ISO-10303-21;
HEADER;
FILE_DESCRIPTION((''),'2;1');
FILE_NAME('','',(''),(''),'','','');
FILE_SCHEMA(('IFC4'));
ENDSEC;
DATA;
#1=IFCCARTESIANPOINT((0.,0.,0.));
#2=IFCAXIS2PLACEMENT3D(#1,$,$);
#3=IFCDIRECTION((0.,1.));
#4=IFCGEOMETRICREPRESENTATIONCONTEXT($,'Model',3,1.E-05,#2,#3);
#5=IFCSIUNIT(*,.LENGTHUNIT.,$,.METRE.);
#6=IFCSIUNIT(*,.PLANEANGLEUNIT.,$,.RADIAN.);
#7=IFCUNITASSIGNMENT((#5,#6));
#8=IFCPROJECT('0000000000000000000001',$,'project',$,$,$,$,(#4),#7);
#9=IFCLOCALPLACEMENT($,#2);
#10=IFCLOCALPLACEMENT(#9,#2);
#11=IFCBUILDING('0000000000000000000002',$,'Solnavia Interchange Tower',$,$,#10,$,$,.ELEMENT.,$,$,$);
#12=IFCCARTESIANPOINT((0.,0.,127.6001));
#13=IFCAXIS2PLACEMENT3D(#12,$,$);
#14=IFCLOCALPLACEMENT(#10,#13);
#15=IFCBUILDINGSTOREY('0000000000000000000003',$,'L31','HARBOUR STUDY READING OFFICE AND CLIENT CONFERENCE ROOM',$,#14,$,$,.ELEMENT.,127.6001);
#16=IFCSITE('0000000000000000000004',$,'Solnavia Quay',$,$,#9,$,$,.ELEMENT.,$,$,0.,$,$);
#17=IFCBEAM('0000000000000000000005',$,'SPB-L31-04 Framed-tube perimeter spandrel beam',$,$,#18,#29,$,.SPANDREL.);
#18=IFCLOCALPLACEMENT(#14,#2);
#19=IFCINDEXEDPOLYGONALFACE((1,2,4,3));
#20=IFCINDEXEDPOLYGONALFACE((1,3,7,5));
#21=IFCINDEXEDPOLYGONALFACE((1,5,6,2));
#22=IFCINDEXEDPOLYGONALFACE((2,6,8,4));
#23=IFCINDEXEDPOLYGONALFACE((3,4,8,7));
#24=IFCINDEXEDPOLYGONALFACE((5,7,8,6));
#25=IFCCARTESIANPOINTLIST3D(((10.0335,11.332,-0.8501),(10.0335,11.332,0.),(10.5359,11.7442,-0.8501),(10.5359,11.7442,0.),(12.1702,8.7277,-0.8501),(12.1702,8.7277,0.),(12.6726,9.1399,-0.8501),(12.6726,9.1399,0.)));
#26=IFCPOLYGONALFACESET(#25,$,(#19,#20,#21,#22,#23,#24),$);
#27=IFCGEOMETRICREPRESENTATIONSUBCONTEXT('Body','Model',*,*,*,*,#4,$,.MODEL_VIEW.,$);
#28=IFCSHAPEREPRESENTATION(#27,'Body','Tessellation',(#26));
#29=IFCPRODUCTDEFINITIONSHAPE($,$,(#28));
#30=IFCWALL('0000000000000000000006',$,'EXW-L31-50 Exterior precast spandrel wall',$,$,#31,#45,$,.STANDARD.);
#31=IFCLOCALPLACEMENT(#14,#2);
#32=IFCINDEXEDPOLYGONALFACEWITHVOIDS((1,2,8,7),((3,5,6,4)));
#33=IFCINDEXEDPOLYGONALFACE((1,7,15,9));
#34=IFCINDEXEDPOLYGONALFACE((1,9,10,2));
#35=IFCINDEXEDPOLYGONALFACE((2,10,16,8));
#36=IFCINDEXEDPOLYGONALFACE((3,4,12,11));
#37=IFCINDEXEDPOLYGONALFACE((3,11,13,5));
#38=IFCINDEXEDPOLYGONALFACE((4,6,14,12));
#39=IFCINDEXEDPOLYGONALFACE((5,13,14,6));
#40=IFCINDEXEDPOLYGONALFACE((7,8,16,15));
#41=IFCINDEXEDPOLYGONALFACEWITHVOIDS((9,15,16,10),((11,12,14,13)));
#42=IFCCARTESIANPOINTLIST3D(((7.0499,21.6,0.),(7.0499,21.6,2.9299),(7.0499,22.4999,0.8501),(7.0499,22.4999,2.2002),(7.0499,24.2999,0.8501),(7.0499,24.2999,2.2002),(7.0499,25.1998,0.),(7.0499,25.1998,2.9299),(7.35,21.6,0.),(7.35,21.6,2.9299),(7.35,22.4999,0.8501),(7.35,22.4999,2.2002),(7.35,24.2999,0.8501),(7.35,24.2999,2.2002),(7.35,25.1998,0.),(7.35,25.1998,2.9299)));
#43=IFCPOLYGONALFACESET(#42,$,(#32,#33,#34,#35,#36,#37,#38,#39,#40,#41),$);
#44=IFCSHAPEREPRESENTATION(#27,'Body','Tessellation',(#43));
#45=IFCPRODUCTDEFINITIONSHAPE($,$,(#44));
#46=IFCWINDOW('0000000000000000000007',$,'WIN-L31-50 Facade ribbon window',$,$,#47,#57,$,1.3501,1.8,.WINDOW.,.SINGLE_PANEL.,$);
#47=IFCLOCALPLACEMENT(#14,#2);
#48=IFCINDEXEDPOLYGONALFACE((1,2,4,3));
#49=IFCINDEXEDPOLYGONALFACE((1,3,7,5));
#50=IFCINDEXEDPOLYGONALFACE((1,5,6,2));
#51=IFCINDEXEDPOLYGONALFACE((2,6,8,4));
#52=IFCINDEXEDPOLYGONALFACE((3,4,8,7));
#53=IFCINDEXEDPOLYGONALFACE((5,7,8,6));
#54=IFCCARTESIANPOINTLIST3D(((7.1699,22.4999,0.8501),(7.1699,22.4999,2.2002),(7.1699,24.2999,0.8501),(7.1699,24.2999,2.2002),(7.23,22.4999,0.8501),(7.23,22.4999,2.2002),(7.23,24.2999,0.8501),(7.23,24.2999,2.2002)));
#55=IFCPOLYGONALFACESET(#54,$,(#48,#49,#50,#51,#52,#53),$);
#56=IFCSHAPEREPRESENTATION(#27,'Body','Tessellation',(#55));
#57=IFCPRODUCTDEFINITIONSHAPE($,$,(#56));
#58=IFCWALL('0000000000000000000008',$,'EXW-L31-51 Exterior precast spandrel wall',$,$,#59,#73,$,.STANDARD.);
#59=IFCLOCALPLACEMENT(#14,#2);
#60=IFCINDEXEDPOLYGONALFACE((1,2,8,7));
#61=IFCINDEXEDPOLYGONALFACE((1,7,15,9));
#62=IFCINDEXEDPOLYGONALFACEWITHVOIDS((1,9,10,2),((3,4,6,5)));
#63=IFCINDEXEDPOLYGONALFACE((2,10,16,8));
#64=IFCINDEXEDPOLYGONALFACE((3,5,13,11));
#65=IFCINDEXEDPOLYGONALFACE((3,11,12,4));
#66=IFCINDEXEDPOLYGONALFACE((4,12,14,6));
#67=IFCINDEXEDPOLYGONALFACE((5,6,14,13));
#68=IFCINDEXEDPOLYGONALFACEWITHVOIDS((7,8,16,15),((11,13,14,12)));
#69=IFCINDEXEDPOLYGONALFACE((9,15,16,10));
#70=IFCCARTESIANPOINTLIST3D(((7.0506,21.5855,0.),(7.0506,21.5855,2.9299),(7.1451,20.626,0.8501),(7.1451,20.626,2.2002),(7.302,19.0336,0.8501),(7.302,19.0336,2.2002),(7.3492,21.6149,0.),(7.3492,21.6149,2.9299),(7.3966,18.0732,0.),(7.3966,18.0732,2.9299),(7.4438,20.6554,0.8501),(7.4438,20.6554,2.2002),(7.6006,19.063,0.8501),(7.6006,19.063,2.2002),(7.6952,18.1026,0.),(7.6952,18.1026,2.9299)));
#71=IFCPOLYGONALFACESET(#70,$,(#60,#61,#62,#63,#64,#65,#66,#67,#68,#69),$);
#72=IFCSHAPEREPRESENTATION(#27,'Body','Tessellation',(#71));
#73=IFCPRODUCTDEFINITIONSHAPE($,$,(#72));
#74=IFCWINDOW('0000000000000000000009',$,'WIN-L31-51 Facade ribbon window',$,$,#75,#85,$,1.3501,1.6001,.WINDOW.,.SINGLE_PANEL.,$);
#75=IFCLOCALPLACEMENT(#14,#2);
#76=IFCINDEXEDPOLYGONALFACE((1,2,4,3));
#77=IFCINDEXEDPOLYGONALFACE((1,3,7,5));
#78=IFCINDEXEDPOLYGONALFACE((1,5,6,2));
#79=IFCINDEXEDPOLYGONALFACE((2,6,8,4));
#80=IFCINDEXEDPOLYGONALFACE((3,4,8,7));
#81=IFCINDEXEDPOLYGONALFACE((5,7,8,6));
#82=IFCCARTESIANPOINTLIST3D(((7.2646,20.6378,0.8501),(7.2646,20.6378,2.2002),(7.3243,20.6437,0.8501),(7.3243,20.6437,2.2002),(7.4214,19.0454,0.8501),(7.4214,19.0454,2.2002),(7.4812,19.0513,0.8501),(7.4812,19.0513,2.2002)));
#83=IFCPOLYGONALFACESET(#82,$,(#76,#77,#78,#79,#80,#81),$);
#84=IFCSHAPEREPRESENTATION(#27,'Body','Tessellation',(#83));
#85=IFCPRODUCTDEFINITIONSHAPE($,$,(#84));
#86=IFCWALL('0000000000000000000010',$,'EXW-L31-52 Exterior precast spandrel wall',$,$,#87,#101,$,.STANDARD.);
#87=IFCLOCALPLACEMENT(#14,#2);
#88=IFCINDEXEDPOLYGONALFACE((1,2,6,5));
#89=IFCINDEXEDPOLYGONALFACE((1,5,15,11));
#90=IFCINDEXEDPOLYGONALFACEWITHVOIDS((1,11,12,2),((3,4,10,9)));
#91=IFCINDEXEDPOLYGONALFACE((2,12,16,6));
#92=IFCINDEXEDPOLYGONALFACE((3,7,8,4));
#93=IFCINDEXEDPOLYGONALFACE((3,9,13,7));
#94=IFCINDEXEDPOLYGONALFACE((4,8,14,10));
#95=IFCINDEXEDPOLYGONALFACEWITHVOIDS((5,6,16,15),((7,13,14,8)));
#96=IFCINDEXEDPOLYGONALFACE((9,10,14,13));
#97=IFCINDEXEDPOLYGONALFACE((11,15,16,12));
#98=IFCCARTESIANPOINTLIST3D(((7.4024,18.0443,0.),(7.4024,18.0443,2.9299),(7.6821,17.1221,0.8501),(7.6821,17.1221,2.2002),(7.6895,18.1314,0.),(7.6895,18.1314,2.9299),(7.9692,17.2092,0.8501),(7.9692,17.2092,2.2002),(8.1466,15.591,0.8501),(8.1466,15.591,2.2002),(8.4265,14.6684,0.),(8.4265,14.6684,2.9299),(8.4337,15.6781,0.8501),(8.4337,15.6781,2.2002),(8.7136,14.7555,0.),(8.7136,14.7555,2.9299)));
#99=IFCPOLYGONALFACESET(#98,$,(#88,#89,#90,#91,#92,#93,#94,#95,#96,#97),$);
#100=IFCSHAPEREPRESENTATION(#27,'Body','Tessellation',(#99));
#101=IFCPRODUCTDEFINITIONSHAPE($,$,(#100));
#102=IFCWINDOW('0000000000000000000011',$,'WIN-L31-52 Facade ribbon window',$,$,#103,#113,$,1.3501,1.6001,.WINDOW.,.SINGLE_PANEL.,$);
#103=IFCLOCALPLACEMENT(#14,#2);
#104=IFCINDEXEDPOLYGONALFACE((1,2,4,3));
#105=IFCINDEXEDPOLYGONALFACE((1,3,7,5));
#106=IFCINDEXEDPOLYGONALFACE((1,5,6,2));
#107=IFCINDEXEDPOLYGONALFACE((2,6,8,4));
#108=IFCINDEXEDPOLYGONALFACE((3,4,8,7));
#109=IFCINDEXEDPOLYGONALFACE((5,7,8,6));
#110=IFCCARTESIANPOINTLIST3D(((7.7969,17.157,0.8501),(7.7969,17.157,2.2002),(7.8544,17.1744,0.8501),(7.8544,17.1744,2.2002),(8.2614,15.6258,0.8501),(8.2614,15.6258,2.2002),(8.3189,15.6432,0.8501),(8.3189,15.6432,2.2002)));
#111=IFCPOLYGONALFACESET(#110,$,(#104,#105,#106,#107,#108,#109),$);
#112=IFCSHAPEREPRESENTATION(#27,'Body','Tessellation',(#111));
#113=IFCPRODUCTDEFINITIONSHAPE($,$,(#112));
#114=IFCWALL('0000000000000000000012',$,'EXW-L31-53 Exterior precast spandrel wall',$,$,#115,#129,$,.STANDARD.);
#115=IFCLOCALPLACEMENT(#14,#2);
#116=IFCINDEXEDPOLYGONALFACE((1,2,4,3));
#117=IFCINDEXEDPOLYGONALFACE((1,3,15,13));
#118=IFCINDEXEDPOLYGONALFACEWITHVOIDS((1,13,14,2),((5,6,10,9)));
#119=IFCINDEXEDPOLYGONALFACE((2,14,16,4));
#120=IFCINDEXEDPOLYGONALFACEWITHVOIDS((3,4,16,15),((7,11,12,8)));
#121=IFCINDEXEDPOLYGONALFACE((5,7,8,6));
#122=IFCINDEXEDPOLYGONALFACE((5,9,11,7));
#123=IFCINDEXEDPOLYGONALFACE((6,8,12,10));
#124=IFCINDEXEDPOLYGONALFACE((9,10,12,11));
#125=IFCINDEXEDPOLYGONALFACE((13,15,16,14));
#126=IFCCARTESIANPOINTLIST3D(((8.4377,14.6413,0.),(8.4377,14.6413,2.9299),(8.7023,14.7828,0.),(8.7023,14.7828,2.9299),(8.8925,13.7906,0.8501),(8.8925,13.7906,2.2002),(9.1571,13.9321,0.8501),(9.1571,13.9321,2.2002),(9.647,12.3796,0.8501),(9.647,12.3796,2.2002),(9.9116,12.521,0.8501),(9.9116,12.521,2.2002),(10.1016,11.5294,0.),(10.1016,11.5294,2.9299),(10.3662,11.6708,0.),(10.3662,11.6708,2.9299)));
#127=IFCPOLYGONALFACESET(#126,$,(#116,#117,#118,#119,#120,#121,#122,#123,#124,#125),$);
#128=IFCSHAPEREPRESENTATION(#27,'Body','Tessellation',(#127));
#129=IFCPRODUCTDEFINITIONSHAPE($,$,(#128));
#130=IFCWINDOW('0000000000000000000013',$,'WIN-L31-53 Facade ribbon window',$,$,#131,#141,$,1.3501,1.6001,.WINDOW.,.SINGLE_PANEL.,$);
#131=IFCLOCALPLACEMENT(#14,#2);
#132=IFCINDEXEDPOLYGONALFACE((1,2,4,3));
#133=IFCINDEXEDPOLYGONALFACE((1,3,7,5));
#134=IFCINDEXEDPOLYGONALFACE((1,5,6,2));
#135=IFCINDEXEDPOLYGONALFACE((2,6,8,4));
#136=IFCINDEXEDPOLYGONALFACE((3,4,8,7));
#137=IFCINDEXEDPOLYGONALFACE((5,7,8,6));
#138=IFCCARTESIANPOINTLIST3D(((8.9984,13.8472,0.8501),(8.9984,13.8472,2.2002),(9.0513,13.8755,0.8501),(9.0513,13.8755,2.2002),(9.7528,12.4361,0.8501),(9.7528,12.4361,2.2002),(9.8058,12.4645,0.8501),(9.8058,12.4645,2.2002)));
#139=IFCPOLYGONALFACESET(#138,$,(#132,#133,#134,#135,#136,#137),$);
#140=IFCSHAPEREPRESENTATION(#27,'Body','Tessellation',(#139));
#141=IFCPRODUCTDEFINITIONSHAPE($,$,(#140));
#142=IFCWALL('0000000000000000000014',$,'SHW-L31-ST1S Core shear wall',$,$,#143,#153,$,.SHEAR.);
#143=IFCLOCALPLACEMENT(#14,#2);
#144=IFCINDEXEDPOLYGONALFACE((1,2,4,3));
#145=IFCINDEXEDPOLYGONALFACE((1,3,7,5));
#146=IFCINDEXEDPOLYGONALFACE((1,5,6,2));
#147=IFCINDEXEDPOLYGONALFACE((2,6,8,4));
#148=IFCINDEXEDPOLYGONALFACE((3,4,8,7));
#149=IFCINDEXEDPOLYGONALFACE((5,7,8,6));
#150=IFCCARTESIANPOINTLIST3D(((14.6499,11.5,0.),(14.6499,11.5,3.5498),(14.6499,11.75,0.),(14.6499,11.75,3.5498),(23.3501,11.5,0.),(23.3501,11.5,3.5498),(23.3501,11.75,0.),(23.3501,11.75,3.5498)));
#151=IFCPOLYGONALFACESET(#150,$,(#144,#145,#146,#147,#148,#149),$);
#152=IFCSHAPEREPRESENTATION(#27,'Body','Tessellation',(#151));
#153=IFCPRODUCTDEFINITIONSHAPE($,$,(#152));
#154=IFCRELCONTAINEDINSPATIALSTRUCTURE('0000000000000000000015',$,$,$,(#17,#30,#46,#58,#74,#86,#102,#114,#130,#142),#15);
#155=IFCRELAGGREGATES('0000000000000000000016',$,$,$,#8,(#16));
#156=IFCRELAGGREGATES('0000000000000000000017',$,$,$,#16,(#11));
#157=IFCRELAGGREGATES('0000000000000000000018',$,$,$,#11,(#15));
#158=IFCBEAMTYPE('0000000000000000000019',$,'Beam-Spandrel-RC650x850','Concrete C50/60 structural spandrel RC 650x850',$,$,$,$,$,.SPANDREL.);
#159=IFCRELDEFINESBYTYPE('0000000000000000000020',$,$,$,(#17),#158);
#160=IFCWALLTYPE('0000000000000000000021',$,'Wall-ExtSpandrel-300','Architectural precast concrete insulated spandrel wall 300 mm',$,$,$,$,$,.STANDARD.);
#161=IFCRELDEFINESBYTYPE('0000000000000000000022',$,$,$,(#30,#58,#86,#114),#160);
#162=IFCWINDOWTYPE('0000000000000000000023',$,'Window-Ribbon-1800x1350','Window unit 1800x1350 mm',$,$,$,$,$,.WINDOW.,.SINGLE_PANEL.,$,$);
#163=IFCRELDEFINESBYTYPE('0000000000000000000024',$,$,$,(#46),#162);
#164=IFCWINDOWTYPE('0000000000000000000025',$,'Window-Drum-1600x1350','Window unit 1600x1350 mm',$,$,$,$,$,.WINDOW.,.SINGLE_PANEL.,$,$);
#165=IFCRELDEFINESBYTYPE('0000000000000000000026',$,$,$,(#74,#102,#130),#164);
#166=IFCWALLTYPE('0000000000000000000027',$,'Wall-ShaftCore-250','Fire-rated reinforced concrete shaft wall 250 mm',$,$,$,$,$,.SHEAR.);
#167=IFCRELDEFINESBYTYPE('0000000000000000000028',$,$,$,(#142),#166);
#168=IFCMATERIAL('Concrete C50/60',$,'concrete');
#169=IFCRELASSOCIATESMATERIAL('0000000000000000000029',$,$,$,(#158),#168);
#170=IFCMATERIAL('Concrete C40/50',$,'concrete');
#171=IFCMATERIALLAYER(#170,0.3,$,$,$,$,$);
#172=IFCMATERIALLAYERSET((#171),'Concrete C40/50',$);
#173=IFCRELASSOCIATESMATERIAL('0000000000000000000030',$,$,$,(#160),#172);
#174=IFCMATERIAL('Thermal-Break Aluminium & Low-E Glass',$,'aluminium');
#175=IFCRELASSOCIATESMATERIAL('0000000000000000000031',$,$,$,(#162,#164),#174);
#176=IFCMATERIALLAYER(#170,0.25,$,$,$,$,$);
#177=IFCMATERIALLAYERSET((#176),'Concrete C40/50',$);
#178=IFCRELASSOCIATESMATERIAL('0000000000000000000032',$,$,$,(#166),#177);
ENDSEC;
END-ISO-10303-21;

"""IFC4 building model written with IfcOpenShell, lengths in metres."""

from ifc_helpers import new_model, si_unit, direction, frame, frame_2d, origin, origin_2d, place, context, subcontext, project, spatial, rectangle, extrude, material, layer, layer_set, material_profile, profile_set, type_object, element, fill, save


model = new_model("IFC4")

# Units and contexts
model_context = context("Model", 3, precision=1e-05, world=origin(), true_north=direction((0.0, 1.0)))
body_context = subcontext(model_context, "Body", "Model", "MODEL_VIEW")
ifc_project = project(units=[si_unit("LENGTHUNIT", "METRE"), si_unit("PLANEANGLEUNIT", "RADIAN")], contexts=[model_context])

# Site, building, storey
site_placement = place(None, origin())
site = spatial("IfcSite", under=ifc_project, at=site_placement, Name="Solnavia Quay", CompositionType="ELEMENT", RefElevation=0.0)
building_placement = place(site_placement, origin())
building = spatial("IfcBuilding", under=site, at=building_placement, Name="Solnavia Interchange Tower", CompositionType="ELEMENT")
storey_placement = place(building_placement, frame((0.0, 0.0, 127.6001)))
storey = spatial("IfcBuildingStorey", under=building, at=storey_placement, Name="L31", Description="HARBOUR STUDY READING OFFICE AND CLIENT CONFERENCE ROOM", CompositionType="ELEMENT", Elevation=127.6001)

# Shared definitions
ifc_material_1 = material(Name="Concrete C50/60", Category="concrete")

# Beam
ifc_material_profile_1 = material_profile(ifc_material_1, rectangle(XDim=0.6499, YDim=0.8501, at=origin_2d()), Name="RC 650x850")
ifc_profile_set_1 = profile_set([ifc_material_profile_1], Name="Concrete C50/60")
beam_type_1 = type_object("IfcBeamType", Name="Beam-Spandrel-RC650x850", Description="Concrete C50/60 structural spandrel RC 650x850", PredefinedType="SPANDREL", material=ifc_profile_set_1)
beam_1_placement = place(storey_placement, frame((10.2847, 11.5381, -0.425), z_axis=(0.634299, -0.773088, 0.0), x_axis=(0.773088, 0.634299, 0.0)))
element("IfcBeam", 1, at=beam_1_placement, inside=storey, type_object=beam_type_1, Name="SPB-L31-04 Framed-tube perimeter spandrel beam", PredefinedType="SPANDREL", context=body_context, shape_type="SweptSolid", body=[
    extrude(rectangle(XDim=0.6499, YDim=0.8501, at=origin_2d()), origin(), (0.0, 0.0, 1.0), 3.3687),
])

# Walls, openings, windows
ifc_material_2 = material(Name="Concrete C40/50", Category="concrete")
ifc_layer_1 = layer(ifc_material_2, 0.3)
ifc_layer_set_1 = layer_set([ifc_layer_1], Name="Concrete C40/50")
wall_type_1 = type_object("IfcWallType", Name="Wall-ExtSpandrel-300", Description="Architectural precast concrete insulated spandrel wall 300 mm", PredefinedType="STANDARD", material=ifc_layer_set_1)
wall_1_placement = place(storey_placement, frame((7.2, 21.6001, 0.0), z_axis=(0.0, 0.0, 1.0), x_axis=(0.0, 1.0, 0.0)))
wall_1 = element("IfcWall", 2, at=wall_1_placement, inside=storey, type_object=wall_type_1, Name="EXW-L31-50 Exterior precast spandrel wall", PredefinedType="STANDARD", context=body_context, shape_type="SweptSolid", body=[
    extrude(rectangle(XDim=3.5999, YDim=0.3, at=frame_2d((1.7998, 0.0))), origin(), (0.0, 0.0, 1.0), 2.9299),
])
opening_1_placement = place(wall_1_placement, frame((0.8999, 0.0, 0.8501)))
opening_1 = element("IfcOpeningElement", 3, at=opening_1_placement, cuts=wall_1, PredefinedType="OPENING", context=body_context, shape_type="SweptSolid", body=[
    extrude(rectangle(XDim=1.8, YDim=1.3501, at=frame_2d((0.8999, 0.675))), frame((0.0, 0.1602, 0.0), z_axis=(0.0, -1.0, 0.0), x_axis=(1.0, 0.0, 0.0)), (0.0, 0.0, 1.0), 0.3201),
])
ifc_material_3 = material(Name="Thermal-Break Aluminium & Low-E Glass", Category="aluminium")
window_type_1 = type_object("IfcWindowType", Name="Window-Ribbon-1800x1350", Description="Window unit 1800x1350 mm", PartitioningType="SINGLE_PANEL", PredefinedType="WINDOW", material=ifc_material_3)
window_1_placement = place(opening_1_placement, origin())
window_1 = element("IfcWindow", 4, at=window_1_placement, inside=storey, type_object=window_type_1, Name="WIN-L31-50 Facade ribbon window", OverallHeight=1.3501, OverallWidth=1.8, PartitioningType="SINGLE_PANEL", PredefinedType="WINDOW", context=body_context, shape_type="SweptSolid", body=[
    extrude(rectangle(XDim=1.8, YDim=1.3501, at=frame_2d((0.8999, 0.675))), frame((0.0, 0.03, 0.0), z_axis=(0.0, -1.0, 0.0), x_axis=(1.0, 0.0, 0.0)), (0.0, 0.0, 1.0), 0.0601),
])
fill(opening_1, window_1)
wall_2_placement = place(storey_placement, frame((7.5459, 18.0879, 0.0), z_axis=(0.0, 0.0, 1.0), x_axis=(-0.098024, 0.995184, 0.0)))
wall_2 = element("IfcWall", 5, at=wall_2_placement, inside=storey, type_object=wall_type_1, Name="EXW-L31-51 Exterior precast spandrel wall", PredefinedType="STANDARD", context=body_context, shape_type="SweptSolid", body=[
    extrude(rectangle(XDim=3.5293, YDim=0.3, at=frame_2d((1.7646, 0.0))), origin(), (0.0, 0.0, 1.0), 2.9299),
])
opening_2_placement = place(wall_2_placement, frame((0.9651, 0.0, 0.8501)))
opening_2 = element("IfcOpeningElement", 6, at=opening_2_placement, cuts=wall_2, PredefinedType="OPENING", context=body_context, shape_type="SweptSolid", body=[
    extrude(rectangle(XDim=1.6001, YDim=1.3501, at=frame_2d((0.8, 0.675))), frame((0.0, 0.1602, 0.0), z_axis=(0.0, -1.0, 0.0), x_axis=(1.0, 0.0, 0.0)), (0.0, 0.0, 1.0), 0.3201),
])
window_type_2 = type_object("IfcWindowType", Name="Window-Drum-1600x1350", Description="Window unit 1600x1350 mm", PartitioningType="SINGLE_PANEL", PredefinedType="WINDOW", material=ifc_material_3)
window_2_placement = place(opening_2_placement, origin())
window_2 = element("IfcWindow", 7, at=window_2_placement, inside=storey, type_object=window_type_2, Name="WIN-L31-51 Facade ribbon window", OverallHeight=1.3501, OverallWidth=1.6001, PartitioningType="SINGLE_PANEL", PredefinedType="WINDOW", context=body_context, shape_type="SweptSolid", body=[
    extrude(rectangle(XDim=1.6001, YDim=1.3501, at=frame_2d((0.8, 0.675))), frame((0.0, 0.03, 0.0), z_axis=(0.0, -1.0, 0.0), x_axis=(1.0, 0.0, 0.0)), (0.0, 0.0, 1.0), 0.0601),
])
fill(opening_2, window_2)
wall_3_placement = place(storey_placement, frame((8.5701, 14.7119, 0.0), z_axis=(0.0, 0.0, 1.0), x_axis=(-0.290305, 0.956934, 0.0)))
wall_3 = element("IfcWall", 8, at=wall_3_placement, inside=storey, type_object=wall_type_1, Name="EXW-L31-52 Exterior precast spandrel wall", PredefinedType="STANDARD", context=body_context, shape_type="SweptSolid", body=[
    extrude(rectangle(XDim=3.5278, YDim=0.3, at=frame_2d((1.7639, 0.0))), origin(), (0.0, 0.0, 1.0), 2.9299),
])
opening_3_placement = place(wall_3_placement, frame((0.9641, 0.0, 0.8501)))
opening_3 = element("IfcOpeningElement", 9, at=opening_3_placement, cuts=wall_3, PredefinedType="OPENING", context=body_context, shape_type="SweptSolid", body=[
    extrude(rectangle(XDim=1.6001, YDim=1.3501, at=frame_2d((0.8, 0.675))), frame((0.0, 0.1602, 0.0), z_axis=(0.0, -1.0, 0.0), x_axis=(1.0, 0.0, 0.0)), (0.0, 0.0, 1.0), 0.3201),
])
window_3_placement = place(opening_3_placement, origin())
window_3 = element("IfcWindow", 10, at=window_3_placement, inside=storey, type_object=window_type_2, Name="WIN-L31-52 Facade ribbon window", OverallHeight=1.3501, OverallWidth=1.6001, PartitioningType="SINGLE_PANEL", PredefinedType="WINDOW", context=body_context, shape_type="SweptSolid", body=[
    extrude(rectangle(XDim=1.6001, YDim=1.3501, at=frame_2d((0.8, 0.675))), frame((0.0, 0.03, 0.0), z_axis=(0.0, -1.0, 0.0), x_axis=(1.0, 0.0, 0.0)), (0.0, 0.0, 1.0), 0.0601),
])
fill(opening_3, window_3)
wall_4_placement = place(storey_placement, frame((10.2339, 11.6001, 0.0), z_axis=(0.0, 0.0, 1.0), x_axis=(-0.471511, 0.88186, 0.0)))
wall_4 = element("IfcWall", 11, at=wall_4_placement, inside=storey, type_object=wall_type_1, Name="EXW-L31-53 Exterior precast spandrel wall", PredefinedType="STANDARD", context=body_context, shape_type="SweptSolid", body=[
    extrude(rectangle(XDim=3.5288, YDim=0.3, at=frame_2d((1.7644, 0.0))), origin(), (0.0, 0.0, 1.0), 2.9299),
])
opening_4_placement = place(wall_4_placement, frame((0.9641, 0.0, 0.8501)))
opening_4 = element("IfcOpeningElement", 12, at=opening_4_placement, cuts=wall_4, PredefinedType="OPENING", context=body_context, shape_type="SweptSolid", body=[
    extrude(rectangle(XDim=1.6001, YDim=1.3501, at=frame_2d((0.8, 0.675))), frame((0.0, 0.1602, 0.0), z_axis=(0.0, -1.0, 0.0), x_axis=(1.0, 0.0, 0.0)), (0.0, 0.0, 1.0), 0.3201),
])
window_4_placement = place(opening_4_placement, origin())
window_4 = element("IfcWindow", 13, at=window_4_placement, inside=storey, type_object=window_type_2, Name="WIN-L31-53 Facade ribbon window", OverallHeight=1.3501, OverallWidth=1.6001, PartitioningType="SINGLE_PANEL", PredefinedType="WINDOW", context=body_context, shape_type="SweptSolid", body=[
    extrude(rectangle(XDim=1.6001, YDim=1.3501, at=frame_2d((0.8, 0.675))), frame((0.0, 0.03, 0.0), z_axis=(0.0, -1.0, 0.0), x_axis=(1.0, 0.0, 0.0)), (0.0, 0.0, 1.0), 0.0601),
])
fill(opening_4, window_4)

# Wall
ifc_layer_2 = layer(ifc_material_2, 0.25)
ifc_layer_set_2 = layer_set([ifc_layer_2], Name="Concrete C40/50")
wall_type_2 = type_object("IfcWallType", Name="Wall-ShaftCore-250", Description="Fire-rated reinforced concrete shaft wall 250 mm", PredefinedType="SHEAR", material=ifc_layer_set_2)
wall_5_placement = place(storey_placement, frame((14.6499, 11.625, 0.0), z_axis=(0.0, 0.0, 1.0), x_axis=(1.0, 0.0, 0.0)))
element("IfcWall", 14, at=wall_5_placement, inside=storey, type_object=wall_type_2, Name="SHW-L31-ST1S Core shear wall", PredefinedType="SHEAR", context=body_context, shape_type="SweptSolid", body=[
    extrude(rectangle(XDim=8.7002, YDim=0.25, at=frame_2d((4.3501, 0.0))), origin(), (0.0, 0.0, 1.0), 3.5498),
])

save(model, "model.ifc")
